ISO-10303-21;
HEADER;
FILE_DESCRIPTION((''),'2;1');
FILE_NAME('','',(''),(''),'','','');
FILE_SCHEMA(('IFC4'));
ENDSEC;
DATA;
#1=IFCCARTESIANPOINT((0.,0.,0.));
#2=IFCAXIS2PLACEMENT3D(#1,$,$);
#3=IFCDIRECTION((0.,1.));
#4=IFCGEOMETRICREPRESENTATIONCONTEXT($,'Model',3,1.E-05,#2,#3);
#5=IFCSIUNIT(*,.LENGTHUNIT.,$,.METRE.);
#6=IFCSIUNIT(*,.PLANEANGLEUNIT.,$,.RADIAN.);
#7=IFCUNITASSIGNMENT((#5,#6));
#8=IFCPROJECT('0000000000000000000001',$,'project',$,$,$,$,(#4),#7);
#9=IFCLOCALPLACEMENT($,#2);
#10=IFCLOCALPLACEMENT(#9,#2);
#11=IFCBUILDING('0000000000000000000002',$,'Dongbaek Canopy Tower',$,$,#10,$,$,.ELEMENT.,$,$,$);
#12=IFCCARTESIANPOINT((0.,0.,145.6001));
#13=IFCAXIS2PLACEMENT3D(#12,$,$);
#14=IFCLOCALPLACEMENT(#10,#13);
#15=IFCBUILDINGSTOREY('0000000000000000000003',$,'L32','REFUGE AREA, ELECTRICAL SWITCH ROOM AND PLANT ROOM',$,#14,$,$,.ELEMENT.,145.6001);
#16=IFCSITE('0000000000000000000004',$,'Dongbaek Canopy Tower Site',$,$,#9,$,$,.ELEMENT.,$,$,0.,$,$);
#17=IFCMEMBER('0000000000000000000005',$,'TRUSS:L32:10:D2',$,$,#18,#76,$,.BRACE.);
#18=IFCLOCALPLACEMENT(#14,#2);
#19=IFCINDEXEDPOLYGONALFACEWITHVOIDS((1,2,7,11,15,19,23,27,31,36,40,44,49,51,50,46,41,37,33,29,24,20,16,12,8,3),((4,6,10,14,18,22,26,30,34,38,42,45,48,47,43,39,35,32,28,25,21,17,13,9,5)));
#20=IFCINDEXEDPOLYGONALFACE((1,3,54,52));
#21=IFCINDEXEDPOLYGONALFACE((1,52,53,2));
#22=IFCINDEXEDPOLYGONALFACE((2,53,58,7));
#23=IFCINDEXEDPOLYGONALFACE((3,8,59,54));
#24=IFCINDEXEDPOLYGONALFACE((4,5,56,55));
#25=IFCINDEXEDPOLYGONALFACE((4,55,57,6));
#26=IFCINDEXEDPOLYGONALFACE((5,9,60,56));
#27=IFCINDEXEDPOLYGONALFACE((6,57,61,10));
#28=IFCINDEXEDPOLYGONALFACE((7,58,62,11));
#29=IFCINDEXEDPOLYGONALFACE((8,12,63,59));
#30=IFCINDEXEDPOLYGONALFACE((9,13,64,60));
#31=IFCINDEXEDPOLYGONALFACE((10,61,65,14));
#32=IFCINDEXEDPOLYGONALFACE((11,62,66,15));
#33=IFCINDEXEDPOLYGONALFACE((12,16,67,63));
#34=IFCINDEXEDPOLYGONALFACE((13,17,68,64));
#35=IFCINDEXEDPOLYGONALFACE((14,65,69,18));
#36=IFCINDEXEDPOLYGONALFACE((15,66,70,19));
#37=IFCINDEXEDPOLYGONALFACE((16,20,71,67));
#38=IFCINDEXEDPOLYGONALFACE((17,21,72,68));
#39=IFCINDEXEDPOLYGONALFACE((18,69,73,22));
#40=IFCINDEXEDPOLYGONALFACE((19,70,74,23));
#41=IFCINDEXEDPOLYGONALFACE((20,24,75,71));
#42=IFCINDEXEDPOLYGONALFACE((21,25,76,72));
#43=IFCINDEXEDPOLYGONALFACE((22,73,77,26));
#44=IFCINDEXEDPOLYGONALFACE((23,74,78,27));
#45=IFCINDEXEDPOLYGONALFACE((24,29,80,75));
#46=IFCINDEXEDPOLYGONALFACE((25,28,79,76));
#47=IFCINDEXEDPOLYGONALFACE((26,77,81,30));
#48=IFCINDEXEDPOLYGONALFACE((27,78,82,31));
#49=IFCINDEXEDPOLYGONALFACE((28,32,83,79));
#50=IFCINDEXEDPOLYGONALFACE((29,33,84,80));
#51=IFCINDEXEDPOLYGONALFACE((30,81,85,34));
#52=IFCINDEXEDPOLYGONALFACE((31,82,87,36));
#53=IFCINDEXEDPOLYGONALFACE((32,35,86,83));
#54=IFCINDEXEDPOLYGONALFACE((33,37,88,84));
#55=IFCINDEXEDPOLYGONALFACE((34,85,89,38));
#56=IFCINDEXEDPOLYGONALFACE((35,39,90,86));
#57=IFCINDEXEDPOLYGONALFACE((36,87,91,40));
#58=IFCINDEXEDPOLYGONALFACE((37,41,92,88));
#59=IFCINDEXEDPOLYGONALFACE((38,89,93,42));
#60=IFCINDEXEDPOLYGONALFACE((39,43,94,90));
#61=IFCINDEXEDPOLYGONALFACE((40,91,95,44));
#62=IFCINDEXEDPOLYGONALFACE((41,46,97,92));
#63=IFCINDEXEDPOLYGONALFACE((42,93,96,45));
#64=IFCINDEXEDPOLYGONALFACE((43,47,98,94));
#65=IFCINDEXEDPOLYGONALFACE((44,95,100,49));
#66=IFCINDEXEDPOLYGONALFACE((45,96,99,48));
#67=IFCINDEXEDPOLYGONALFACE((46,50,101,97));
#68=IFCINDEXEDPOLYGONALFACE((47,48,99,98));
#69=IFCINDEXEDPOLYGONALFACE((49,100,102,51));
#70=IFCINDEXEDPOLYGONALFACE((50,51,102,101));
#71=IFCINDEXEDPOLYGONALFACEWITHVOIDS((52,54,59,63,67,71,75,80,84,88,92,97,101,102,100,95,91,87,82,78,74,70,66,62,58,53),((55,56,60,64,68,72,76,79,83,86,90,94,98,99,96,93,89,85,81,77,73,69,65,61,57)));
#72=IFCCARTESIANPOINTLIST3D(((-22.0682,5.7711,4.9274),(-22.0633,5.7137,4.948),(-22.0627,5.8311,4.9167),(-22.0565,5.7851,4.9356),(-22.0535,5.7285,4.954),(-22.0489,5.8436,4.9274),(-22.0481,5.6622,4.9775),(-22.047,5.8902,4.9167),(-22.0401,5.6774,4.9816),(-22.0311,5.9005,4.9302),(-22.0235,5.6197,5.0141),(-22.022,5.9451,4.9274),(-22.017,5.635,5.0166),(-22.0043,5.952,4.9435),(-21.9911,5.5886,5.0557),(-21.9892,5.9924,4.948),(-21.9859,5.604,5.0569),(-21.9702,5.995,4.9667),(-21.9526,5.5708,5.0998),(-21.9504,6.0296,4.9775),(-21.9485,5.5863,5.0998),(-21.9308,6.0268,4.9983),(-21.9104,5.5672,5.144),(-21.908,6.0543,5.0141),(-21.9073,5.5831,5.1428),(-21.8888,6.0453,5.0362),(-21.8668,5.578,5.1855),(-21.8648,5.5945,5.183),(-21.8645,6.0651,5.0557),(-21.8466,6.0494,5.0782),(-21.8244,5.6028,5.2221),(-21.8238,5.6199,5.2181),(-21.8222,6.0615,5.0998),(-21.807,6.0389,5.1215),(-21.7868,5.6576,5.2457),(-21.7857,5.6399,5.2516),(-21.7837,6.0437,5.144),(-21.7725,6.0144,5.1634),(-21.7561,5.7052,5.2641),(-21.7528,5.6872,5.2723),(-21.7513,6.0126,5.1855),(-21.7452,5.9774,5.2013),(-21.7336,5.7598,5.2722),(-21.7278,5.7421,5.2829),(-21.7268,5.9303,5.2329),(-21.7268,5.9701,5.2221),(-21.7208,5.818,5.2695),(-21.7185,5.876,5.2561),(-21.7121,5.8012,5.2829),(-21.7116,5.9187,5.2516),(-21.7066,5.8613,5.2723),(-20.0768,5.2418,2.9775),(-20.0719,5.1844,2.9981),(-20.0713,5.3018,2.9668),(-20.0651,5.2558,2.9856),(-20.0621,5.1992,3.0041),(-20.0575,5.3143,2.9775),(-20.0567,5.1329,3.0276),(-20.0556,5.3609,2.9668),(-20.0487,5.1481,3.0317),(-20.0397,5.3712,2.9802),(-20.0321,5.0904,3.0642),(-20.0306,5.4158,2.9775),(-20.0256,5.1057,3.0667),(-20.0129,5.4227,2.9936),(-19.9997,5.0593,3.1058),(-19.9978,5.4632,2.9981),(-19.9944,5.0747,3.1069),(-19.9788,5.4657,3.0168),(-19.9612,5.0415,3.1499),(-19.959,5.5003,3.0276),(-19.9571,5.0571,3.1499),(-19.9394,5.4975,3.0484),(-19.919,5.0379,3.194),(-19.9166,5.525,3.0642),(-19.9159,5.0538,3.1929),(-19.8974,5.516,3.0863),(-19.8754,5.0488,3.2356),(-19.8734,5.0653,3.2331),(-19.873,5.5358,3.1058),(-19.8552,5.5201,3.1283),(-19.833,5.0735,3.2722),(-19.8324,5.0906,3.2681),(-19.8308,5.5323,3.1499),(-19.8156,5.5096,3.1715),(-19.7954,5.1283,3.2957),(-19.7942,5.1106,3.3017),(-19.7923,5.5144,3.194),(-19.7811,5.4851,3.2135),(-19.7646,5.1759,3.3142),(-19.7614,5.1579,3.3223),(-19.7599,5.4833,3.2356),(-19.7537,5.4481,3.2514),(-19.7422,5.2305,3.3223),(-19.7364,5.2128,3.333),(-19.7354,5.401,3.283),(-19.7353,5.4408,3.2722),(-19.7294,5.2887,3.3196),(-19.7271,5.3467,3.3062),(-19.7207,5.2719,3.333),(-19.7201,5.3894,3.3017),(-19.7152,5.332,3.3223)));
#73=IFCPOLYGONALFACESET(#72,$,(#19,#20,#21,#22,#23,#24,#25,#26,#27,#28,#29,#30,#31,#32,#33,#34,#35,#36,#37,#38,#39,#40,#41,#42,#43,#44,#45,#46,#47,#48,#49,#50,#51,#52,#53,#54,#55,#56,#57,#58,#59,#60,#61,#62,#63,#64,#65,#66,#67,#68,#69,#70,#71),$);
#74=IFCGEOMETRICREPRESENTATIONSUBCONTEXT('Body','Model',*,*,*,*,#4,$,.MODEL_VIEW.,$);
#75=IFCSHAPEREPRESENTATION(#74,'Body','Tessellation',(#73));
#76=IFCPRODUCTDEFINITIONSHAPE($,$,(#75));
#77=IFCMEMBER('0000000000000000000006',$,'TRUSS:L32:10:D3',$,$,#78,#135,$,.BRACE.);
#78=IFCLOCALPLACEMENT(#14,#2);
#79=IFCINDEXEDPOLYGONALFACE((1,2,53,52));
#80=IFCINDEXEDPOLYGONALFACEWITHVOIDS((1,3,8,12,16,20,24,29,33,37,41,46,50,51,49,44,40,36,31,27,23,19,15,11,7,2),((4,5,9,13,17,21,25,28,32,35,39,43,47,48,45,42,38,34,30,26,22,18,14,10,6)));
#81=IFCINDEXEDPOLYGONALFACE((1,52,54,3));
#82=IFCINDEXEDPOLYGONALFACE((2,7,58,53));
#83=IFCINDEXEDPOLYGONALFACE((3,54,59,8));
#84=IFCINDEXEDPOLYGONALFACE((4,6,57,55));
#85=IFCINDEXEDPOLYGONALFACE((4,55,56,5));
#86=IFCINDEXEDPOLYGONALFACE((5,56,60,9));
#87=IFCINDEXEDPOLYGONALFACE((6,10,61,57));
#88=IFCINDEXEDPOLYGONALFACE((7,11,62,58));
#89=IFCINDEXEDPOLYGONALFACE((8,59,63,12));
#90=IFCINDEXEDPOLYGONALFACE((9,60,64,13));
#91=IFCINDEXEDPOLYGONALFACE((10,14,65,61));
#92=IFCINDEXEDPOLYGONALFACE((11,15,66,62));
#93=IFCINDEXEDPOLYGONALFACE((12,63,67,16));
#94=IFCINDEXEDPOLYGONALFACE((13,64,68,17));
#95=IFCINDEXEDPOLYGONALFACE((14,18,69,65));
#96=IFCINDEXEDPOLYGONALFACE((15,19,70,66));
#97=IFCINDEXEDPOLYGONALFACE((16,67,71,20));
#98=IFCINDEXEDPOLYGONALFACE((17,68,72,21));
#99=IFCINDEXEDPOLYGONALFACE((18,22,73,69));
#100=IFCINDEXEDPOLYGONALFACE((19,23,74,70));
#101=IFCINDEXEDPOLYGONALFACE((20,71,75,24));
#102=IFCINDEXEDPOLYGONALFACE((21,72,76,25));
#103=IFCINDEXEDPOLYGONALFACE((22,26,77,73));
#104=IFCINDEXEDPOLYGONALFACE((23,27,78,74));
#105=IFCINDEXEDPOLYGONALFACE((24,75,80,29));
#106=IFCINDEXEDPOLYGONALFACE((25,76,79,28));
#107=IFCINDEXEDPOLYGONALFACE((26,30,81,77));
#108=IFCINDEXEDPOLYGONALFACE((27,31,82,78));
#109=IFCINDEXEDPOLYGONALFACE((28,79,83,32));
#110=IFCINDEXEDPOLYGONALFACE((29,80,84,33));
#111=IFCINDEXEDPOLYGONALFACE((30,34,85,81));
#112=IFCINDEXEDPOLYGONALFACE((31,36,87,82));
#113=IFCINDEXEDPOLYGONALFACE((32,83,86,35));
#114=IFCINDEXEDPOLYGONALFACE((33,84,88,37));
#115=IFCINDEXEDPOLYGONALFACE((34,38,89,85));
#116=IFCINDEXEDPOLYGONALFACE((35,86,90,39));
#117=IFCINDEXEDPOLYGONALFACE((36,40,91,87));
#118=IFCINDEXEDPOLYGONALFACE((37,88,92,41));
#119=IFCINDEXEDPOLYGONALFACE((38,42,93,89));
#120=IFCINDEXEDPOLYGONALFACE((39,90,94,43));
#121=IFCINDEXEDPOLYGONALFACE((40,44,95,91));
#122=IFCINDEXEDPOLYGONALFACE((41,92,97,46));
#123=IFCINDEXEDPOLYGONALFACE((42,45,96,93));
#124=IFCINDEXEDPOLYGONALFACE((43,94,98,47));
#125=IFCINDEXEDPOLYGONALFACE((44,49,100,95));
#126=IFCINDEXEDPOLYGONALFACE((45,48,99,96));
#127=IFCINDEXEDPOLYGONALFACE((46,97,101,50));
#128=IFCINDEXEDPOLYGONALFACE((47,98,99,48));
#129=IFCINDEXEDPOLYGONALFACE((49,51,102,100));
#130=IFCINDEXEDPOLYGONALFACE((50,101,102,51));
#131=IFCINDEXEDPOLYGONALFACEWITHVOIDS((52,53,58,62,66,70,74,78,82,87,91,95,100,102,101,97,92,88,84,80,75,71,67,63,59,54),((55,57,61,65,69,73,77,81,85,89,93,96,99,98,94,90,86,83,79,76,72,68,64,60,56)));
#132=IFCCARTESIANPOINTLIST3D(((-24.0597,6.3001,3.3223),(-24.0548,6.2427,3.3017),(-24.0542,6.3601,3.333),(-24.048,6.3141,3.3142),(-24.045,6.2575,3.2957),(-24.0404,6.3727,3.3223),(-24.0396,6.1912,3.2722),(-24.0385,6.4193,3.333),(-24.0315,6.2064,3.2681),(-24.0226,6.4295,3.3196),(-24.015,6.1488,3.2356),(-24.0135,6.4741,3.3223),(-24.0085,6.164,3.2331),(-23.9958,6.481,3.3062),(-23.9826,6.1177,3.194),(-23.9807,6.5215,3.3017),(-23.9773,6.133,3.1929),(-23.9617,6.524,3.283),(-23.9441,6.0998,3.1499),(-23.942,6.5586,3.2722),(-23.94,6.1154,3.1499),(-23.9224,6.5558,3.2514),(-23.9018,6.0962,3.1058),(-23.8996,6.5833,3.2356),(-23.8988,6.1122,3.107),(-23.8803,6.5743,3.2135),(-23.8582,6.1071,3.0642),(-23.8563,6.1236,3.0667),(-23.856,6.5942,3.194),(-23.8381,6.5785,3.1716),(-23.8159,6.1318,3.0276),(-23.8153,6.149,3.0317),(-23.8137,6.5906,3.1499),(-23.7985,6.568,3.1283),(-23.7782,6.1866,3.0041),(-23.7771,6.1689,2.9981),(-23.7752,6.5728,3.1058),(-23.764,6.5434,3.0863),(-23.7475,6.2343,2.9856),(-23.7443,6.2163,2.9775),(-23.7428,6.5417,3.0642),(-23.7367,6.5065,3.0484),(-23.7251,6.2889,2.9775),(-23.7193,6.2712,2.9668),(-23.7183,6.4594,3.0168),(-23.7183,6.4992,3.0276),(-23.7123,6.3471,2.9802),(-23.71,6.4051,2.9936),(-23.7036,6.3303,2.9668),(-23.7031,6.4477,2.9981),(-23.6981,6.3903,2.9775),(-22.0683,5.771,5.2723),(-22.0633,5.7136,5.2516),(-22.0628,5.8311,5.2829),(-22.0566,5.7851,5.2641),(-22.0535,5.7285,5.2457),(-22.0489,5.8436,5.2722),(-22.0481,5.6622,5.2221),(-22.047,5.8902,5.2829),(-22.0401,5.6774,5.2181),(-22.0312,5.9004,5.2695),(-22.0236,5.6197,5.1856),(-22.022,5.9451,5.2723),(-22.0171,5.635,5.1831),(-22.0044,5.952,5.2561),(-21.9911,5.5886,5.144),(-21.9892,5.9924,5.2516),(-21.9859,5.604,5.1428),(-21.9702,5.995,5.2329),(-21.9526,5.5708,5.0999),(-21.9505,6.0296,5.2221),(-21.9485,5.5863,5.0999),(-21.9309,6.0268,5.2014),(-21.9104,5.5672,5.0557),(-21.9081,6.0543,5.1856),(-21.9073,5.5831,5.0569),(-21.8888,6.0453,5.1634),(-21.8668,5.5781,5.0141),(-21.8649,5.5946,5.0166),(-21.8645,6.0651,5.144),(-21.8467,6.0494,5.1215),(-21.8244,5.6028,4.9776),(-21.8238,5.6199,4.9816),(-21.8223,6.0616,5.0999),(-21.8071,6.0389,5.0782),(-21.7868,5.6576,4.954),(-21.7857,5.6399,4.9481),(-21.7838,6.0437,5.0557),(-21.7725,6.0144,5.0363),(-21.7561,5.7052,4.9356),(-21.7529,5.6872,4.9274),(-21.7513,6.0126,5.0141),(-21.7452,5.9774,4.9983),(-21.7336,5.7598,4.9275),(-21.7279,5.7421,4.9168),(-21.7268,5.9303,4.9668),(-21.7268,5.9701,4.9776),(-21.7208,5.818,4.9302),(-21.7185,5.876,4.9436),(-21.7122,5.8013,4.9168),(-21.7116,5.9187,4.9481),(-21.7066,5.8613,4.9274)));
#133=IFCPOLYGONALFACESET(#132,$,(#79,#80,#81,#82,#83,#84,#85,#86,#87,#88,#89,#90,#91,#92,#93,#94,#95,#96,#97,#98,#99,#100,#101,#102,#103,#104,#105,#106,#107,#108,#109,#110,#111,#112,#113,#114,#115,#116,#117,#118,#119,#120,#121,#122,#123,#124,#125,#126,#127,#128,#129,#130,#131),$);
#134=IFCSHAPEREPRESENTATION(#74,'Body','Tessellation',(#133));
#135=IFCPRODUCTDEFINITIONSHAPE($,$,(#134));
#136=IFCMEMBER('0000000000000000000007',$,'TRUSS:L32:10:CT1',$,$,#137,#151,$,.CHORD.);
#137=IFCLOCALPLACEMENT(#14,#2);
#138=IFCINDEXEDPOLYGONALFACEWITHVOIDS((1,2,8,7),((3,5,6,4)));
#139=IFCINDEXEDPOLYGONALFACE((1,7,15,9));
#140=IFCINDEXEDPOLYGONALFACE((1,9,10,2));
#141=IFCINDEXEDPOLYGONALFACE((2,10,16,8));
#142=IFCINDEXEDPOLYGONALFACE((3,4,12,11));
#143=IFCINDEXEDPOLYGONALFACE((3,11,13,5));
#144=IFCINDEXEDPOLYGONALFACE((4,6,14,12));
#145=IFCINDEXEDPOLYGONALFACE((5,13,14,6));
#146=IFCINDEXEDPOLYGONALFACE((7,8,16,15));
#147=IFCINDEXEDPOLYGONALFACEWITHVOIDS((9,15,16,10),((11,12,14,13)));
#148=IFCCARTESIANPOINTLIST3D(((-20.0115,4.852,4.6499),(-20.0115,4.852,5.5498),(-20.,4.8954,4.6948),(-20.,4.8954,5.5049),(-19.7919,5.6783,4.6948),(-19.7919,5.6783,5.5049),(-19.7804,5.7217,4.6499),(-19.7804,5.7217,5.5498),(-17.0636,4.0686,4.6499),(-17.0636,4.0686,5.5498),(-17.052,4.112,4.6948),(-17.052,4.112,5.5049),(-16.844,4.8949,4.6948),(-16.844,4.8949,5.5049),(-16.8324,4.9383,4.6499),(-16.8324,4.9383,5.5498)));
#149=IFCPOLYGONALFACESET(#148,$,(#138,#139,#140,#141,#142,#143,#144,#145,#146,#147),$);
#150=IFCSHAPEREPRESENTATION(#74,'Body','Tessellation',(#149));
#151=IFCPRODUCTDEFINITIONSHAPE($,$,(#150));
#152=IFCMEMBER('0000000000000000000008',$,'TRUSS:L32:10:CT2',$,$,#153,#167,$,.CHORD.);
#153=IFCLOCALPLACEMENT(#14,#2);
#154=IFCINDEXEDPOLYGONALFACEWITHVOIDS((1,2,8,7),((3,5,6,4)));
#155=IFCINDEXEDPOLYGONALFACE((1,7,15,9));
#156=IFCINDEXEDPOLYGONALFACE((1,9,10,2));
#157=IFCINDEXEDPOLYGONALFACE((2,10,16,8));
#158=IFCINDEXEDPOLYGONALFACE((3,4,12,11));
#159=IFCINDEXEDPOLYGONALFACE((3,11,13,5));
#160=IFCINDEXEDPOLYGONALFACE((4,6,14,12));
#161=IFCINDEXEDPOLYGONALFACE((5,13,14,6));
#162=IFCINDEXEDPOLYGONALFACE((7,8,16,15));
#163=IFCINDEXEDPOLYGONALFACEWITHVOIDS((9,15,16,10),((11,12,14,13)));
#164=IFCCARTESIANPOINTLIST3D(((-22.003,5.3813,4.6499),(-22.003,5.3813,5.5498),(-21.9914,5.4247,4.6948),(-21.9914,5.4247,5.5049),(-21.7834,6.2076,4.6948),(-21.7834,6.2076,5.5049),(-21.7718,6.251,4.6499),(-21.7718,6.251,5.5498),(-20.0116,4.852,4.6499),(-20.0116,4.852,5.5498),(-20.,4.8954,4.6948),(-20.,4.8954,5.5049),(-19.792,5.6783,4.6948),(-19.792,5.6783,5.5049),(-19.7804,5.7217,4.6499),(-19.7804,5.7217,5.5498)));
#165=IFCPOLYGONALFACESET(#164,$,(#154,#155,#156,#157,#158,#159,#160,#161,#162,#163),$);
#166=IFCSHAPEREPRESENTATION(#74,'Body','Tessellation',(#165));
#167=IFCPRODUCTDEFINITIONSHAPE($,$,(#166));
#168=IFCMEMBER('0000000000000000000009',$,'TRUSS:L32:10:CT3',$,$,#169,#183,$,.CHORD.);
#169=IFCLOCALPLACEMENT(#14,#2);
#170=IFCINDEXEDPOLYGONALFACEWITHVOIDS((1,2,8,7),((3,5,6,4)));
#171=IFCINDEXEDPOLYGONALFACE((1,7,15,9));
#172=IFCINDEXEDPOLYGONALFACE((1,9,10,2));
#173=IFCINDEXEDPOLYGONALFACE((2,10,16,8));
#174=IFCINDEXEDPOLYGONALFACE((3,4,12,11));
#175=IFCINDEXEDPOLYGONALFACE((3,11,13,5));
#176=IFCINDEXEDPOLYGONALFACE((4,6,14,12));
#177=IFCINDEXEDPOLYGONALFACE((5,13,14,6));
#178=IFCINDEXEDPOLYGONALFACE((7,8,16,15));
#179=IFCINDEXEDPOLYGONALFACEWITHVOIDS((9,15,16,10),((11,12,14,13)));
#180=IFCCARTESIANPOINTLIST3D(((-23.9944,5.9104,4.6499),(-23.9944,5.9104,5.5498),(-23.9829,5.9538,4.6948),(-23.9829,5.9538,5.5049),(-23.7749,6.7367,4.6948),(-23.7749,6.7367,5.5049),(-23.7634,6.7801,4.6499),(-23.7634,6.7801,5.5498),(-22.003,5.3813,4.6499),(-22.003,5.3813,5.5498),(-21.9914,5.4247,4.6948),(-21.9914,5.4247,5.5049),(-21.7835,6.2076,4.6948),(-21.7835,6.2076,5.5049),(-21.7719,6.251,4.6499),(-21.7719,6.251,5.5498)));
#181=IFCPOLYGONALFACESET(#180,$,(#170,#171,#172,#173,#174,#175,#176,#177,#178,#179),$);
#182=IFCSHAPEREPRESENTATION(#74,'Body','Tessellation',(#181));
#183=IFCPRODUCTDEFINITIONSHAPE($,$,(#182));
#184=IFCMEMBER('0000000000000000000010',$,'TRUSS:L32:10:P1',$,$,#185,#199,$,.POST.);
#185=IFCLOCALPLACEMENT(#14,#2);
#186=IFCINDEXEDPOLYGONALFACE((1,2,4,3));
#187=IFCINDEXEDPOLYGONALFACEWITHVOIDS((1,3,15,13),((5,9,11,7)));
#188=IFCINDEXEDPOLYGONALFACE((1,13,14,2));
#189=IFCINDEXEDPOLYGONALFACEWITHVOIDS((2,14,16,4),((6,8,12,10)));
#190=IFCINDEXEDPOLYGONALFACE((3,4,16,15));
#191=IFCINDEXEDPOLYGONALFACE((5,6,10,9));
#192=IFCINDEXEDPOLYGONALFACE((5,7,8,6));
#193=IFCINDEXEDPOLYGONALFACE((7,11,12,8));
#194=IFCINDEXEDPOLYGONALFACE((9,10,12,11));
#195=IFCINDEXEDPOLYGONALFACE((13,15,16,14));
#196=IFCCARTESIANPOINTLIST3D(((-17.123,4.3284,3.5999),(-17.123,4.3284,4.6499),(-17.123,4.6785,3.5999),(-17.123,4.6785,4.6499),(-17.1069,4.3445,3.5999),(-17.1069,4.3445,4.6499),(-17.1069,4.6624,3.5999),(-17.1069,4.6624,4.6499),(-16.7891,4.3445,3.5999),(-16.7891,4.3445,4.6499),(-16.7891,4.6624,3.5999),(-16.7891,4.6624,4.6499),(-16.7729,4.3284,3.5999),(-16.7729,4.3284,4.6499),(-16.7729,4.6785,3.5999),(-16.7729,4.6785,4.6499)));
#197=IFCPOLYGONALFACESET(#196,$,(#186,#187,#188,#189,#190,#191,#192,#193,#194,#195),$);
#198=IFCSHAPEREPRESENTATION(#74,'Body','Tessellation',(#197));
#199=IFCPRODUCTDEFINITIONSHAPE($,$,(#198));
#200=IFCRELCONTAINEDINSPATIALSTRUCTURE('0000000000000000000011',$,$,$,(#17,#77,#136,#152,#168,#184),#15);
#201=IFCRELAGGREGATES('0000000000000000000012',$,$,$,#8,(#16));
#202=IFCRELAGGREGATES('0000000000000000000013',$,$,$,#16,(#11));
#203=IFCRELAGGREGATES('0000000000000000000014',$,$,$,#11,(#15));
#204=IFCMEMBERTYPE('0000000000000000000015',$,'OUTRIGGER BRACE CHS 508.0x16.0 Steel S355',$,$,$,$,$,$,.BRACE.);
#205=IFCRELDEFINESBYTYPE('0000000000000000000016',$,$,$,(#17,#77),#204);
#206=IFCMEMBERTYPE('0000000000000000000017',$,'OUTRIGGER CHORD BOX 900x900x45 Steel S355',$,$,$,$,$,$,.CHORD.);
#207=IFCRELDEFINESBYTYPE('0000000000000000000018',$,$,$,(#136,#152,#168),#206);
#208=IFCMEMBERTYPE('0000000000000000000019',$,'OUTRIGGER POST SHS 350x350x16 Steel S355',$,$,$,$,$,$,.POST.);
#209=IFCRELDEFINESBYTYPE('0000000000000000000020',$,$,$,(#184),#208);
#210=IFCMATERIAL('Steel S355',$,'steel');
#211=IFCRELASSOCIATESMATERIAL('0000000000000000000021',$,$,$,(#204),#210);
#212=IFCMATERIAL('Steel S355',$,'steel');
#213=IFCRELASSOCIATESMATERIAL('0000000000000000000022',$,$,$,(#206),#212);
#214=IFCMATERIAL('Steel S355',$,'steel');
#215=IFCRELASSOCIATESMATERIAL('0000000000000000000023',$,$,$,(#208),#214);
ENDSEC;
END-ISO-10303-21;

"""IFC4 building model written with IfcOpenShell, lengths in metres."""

from ifc_helpers import new_model, si_unit, direction, frame, origin, origin_2d, place, context, subcontext, project, spatial, hollow_rectangle, hollow_circle, extrude, material, material_profile, profile_set, type_object, element, save


model = new_model("IFC4")

# Units and contexts
model_context = context("Model", 3, precision=1e-05, world=origin(), true_north=direction((0.0, 1.0)))
body_context = subcontext(model_context, "Body", "Model", "MODEL_VIEW")
ifc_project = project(units=[si_unit("LENGTHUNIT", "METRE"), si_unit("PLANEANGLEUNIT", "RADIAN")], contexts=[model_context])

# Site, building, storey
site_placement = place(None, origin())
site = spatial("IfcSite", under=ifc_project, at=site_placement, Name="Dongbaek Canopy Tower Site", CompositionType="ELEMENT", RefElevation=0.0)
building_placement = place(site_placement, origin())
building = spatial("IfcBuilding", under=site, at=building_placement, Name="Dongbaek Canopy Tower", CompositionType="ELEMENT")
storey_placement = place(building_placement, frame((0.0, 0.0, 145.6001)))
storey = spatial("IfcBuildingStorey", under=building, at=storey_placement, Name="L32", Description="REFUGE AREA, ELECTRICAL SWITCH ROOM AND PLANT ROOM", CompositionType="ELEMENT", Elevation=145.6001)

# Members
ifc_material_1 = material(Name="Steel S355", Category="steel")
ifc_material_profile_1 = material_profile(ifc_material_1, hollow_circle(Radius=0.2539, WallThickness=0.0161, at=origin_2d()), Name="OUTRIGGER BRACE CHS 508.0x16.0 Steel S355")
ifc_profile_set_1 = profile_set([ifc_material_profile_1], Name="Steel S355")
member_type_1 = type_object("IfcMemberType", Name="OUTRIGGER BRACE CHS 508.0x16.0 Steel S355", PredefinedType="BRACE", material=ifc_profile_set_1)
for number, where, z_axis, x_axis, name in (
    (1, (-19.896, 5.2869, 3.1499), (-0.701967, 0.186572, 0.687338), (-0.256866, -0.966447, 0.0), "TRUSS:L32:10:D2"),
    (2, (-21.8875, 5.8162, 5.0999), (-0.701979, 0.186489, -0.687349), (-0.256755, -0.966476, 0.0), "TRUSS:L32:10:D3"),
):
    element("IfcMember", number, at=place(storey_placement, frame(where, z_axis=z_axis, x_axis=x_axis)), inside=storey, type_object=member_type_1, Name=name, PredefinedType="BRACE", context=body_context, shape_type="SweptSolid", body=[
        extrude(hollow_circle(Radius=0.2539, WallThickness=0.0161, at=origin_2d()), origin(), (0.0, 0.0, 1.0), 2.8369),
    ])
ifc_material_2 = material(Name="Steel S355", Category="steel")
ifc_material_profile_2 = material_profile(ifc_material_2, hollow_rectangle(XDim=0.8999, YDim=0.8999, WallThickness=0.0449, at=origin_2d()), Name="OUTRIGGER CHORD BOX 900x900x45 Steel S355")
ifc_profile_set_2 = profile_set([ifc_material_profile_2], Name="Steel S355")
member_type_2 = type_object("IfcMemberType", Name="OUTRIGGER CHORD BOX 900x900x45 Steel S355", PredefinedType="CHORD", material=ifc_profile_set_2)
member_1_placement = place(storey_placement, frame((-16.948, 4.5034, 5.0999), z_axis=(-0.966454, 0.256841, 0.0), x_axis=(-0.256841, -0.966454, 0.0)))
element("IfcMember", 3, at=member_1_placement, inside=storey, type_object=member_type_2, Name="TRUSS:L32:10:CT1", PredefinedType="CHORD", context=body_context, shape_type="SweptSolid", body=[
    extrude(hollow_rectangle(XDim=0.8999, YDim=0.8999, WallThickness=0.0449, at=origin_2d()), origin(), (0.0, 0.0, 1.0), 3.0503),
])
for number, where, z_axis, x_axis, name in (
    (4, (-19.896, 5.2869, 5.0999), (-0.966447, 0.256866, 0.0), (-0.256866, -0.966447, 0.0), "TRUSS:L32:10:CT2"),
    (5, (-21.8875, 5.8162, 5.0999), (-0.966476, 0.256755, 0.0), (-0.256755, -0.966476, 0.0), "TRUSS:L32:10:CT3"),
):
    element("IfcMember", number, at=place(storey_placement, frame(where, z_axis=z_axis, x_axis=x_axis)), inside=storey, type_object=member_type_2, Name=name, PredefinedType="CHORD", context=body_context, shape_type="SweptSolid", body=[
        extrude(hollow_rectangle(XDim=0.8999, YDim=0.8999, WallThickness=0.0449, at=origin_2d()), origin(), (0.0, 0.0, 1.0), 2.0605),
    ])
ifc_material_3 = material(Name="Steel S355", Category="steel")
ifc_material_profile_3 = material_profile(ifc_material_3, hollow_rectangle(XDim=0.3501, YDim=0.3501, WallThickness=0.0161, at=origin_2d()), Name="OUTRIGGER POST SHS 350x350x16 Steel S355")
ifc_profile_set_3 = profile_set([ifc_material_profile_3], Name="Steel S355")
member_type_3 = type_object("IfcMemberType", Name="OUTRIGGER POST SHS 350x350x16 Steel S355", PredefinedType="POST", material=ifc_profile_set_3)
for number, where, z_axis, x_axis, name in (
    (6, (-16.948, 4.5034, 3.5999), (0.0, 0.0, 1.0), (1.0, 0.0, 0.0), "TRUSS:L32:10:P1"),
):
    element("IfcMember", number, at=place(storey_placement, frame(where, z_axis=z_axis, x_axis=x_axis)), inside=storey, type_object=member_type_3, Name=name, PredefinedType="POST", context=body_context, shape_type="SweptSolid", body=[
        extrude(hollow_rectangle(XDim=0.3501, YDim=0.3501, WallThickness=0.0161, at=origin_2d()), origin(), (0.0, 0.0, 1.0), 1.05),
    ])

save(model, "model.ifc")
